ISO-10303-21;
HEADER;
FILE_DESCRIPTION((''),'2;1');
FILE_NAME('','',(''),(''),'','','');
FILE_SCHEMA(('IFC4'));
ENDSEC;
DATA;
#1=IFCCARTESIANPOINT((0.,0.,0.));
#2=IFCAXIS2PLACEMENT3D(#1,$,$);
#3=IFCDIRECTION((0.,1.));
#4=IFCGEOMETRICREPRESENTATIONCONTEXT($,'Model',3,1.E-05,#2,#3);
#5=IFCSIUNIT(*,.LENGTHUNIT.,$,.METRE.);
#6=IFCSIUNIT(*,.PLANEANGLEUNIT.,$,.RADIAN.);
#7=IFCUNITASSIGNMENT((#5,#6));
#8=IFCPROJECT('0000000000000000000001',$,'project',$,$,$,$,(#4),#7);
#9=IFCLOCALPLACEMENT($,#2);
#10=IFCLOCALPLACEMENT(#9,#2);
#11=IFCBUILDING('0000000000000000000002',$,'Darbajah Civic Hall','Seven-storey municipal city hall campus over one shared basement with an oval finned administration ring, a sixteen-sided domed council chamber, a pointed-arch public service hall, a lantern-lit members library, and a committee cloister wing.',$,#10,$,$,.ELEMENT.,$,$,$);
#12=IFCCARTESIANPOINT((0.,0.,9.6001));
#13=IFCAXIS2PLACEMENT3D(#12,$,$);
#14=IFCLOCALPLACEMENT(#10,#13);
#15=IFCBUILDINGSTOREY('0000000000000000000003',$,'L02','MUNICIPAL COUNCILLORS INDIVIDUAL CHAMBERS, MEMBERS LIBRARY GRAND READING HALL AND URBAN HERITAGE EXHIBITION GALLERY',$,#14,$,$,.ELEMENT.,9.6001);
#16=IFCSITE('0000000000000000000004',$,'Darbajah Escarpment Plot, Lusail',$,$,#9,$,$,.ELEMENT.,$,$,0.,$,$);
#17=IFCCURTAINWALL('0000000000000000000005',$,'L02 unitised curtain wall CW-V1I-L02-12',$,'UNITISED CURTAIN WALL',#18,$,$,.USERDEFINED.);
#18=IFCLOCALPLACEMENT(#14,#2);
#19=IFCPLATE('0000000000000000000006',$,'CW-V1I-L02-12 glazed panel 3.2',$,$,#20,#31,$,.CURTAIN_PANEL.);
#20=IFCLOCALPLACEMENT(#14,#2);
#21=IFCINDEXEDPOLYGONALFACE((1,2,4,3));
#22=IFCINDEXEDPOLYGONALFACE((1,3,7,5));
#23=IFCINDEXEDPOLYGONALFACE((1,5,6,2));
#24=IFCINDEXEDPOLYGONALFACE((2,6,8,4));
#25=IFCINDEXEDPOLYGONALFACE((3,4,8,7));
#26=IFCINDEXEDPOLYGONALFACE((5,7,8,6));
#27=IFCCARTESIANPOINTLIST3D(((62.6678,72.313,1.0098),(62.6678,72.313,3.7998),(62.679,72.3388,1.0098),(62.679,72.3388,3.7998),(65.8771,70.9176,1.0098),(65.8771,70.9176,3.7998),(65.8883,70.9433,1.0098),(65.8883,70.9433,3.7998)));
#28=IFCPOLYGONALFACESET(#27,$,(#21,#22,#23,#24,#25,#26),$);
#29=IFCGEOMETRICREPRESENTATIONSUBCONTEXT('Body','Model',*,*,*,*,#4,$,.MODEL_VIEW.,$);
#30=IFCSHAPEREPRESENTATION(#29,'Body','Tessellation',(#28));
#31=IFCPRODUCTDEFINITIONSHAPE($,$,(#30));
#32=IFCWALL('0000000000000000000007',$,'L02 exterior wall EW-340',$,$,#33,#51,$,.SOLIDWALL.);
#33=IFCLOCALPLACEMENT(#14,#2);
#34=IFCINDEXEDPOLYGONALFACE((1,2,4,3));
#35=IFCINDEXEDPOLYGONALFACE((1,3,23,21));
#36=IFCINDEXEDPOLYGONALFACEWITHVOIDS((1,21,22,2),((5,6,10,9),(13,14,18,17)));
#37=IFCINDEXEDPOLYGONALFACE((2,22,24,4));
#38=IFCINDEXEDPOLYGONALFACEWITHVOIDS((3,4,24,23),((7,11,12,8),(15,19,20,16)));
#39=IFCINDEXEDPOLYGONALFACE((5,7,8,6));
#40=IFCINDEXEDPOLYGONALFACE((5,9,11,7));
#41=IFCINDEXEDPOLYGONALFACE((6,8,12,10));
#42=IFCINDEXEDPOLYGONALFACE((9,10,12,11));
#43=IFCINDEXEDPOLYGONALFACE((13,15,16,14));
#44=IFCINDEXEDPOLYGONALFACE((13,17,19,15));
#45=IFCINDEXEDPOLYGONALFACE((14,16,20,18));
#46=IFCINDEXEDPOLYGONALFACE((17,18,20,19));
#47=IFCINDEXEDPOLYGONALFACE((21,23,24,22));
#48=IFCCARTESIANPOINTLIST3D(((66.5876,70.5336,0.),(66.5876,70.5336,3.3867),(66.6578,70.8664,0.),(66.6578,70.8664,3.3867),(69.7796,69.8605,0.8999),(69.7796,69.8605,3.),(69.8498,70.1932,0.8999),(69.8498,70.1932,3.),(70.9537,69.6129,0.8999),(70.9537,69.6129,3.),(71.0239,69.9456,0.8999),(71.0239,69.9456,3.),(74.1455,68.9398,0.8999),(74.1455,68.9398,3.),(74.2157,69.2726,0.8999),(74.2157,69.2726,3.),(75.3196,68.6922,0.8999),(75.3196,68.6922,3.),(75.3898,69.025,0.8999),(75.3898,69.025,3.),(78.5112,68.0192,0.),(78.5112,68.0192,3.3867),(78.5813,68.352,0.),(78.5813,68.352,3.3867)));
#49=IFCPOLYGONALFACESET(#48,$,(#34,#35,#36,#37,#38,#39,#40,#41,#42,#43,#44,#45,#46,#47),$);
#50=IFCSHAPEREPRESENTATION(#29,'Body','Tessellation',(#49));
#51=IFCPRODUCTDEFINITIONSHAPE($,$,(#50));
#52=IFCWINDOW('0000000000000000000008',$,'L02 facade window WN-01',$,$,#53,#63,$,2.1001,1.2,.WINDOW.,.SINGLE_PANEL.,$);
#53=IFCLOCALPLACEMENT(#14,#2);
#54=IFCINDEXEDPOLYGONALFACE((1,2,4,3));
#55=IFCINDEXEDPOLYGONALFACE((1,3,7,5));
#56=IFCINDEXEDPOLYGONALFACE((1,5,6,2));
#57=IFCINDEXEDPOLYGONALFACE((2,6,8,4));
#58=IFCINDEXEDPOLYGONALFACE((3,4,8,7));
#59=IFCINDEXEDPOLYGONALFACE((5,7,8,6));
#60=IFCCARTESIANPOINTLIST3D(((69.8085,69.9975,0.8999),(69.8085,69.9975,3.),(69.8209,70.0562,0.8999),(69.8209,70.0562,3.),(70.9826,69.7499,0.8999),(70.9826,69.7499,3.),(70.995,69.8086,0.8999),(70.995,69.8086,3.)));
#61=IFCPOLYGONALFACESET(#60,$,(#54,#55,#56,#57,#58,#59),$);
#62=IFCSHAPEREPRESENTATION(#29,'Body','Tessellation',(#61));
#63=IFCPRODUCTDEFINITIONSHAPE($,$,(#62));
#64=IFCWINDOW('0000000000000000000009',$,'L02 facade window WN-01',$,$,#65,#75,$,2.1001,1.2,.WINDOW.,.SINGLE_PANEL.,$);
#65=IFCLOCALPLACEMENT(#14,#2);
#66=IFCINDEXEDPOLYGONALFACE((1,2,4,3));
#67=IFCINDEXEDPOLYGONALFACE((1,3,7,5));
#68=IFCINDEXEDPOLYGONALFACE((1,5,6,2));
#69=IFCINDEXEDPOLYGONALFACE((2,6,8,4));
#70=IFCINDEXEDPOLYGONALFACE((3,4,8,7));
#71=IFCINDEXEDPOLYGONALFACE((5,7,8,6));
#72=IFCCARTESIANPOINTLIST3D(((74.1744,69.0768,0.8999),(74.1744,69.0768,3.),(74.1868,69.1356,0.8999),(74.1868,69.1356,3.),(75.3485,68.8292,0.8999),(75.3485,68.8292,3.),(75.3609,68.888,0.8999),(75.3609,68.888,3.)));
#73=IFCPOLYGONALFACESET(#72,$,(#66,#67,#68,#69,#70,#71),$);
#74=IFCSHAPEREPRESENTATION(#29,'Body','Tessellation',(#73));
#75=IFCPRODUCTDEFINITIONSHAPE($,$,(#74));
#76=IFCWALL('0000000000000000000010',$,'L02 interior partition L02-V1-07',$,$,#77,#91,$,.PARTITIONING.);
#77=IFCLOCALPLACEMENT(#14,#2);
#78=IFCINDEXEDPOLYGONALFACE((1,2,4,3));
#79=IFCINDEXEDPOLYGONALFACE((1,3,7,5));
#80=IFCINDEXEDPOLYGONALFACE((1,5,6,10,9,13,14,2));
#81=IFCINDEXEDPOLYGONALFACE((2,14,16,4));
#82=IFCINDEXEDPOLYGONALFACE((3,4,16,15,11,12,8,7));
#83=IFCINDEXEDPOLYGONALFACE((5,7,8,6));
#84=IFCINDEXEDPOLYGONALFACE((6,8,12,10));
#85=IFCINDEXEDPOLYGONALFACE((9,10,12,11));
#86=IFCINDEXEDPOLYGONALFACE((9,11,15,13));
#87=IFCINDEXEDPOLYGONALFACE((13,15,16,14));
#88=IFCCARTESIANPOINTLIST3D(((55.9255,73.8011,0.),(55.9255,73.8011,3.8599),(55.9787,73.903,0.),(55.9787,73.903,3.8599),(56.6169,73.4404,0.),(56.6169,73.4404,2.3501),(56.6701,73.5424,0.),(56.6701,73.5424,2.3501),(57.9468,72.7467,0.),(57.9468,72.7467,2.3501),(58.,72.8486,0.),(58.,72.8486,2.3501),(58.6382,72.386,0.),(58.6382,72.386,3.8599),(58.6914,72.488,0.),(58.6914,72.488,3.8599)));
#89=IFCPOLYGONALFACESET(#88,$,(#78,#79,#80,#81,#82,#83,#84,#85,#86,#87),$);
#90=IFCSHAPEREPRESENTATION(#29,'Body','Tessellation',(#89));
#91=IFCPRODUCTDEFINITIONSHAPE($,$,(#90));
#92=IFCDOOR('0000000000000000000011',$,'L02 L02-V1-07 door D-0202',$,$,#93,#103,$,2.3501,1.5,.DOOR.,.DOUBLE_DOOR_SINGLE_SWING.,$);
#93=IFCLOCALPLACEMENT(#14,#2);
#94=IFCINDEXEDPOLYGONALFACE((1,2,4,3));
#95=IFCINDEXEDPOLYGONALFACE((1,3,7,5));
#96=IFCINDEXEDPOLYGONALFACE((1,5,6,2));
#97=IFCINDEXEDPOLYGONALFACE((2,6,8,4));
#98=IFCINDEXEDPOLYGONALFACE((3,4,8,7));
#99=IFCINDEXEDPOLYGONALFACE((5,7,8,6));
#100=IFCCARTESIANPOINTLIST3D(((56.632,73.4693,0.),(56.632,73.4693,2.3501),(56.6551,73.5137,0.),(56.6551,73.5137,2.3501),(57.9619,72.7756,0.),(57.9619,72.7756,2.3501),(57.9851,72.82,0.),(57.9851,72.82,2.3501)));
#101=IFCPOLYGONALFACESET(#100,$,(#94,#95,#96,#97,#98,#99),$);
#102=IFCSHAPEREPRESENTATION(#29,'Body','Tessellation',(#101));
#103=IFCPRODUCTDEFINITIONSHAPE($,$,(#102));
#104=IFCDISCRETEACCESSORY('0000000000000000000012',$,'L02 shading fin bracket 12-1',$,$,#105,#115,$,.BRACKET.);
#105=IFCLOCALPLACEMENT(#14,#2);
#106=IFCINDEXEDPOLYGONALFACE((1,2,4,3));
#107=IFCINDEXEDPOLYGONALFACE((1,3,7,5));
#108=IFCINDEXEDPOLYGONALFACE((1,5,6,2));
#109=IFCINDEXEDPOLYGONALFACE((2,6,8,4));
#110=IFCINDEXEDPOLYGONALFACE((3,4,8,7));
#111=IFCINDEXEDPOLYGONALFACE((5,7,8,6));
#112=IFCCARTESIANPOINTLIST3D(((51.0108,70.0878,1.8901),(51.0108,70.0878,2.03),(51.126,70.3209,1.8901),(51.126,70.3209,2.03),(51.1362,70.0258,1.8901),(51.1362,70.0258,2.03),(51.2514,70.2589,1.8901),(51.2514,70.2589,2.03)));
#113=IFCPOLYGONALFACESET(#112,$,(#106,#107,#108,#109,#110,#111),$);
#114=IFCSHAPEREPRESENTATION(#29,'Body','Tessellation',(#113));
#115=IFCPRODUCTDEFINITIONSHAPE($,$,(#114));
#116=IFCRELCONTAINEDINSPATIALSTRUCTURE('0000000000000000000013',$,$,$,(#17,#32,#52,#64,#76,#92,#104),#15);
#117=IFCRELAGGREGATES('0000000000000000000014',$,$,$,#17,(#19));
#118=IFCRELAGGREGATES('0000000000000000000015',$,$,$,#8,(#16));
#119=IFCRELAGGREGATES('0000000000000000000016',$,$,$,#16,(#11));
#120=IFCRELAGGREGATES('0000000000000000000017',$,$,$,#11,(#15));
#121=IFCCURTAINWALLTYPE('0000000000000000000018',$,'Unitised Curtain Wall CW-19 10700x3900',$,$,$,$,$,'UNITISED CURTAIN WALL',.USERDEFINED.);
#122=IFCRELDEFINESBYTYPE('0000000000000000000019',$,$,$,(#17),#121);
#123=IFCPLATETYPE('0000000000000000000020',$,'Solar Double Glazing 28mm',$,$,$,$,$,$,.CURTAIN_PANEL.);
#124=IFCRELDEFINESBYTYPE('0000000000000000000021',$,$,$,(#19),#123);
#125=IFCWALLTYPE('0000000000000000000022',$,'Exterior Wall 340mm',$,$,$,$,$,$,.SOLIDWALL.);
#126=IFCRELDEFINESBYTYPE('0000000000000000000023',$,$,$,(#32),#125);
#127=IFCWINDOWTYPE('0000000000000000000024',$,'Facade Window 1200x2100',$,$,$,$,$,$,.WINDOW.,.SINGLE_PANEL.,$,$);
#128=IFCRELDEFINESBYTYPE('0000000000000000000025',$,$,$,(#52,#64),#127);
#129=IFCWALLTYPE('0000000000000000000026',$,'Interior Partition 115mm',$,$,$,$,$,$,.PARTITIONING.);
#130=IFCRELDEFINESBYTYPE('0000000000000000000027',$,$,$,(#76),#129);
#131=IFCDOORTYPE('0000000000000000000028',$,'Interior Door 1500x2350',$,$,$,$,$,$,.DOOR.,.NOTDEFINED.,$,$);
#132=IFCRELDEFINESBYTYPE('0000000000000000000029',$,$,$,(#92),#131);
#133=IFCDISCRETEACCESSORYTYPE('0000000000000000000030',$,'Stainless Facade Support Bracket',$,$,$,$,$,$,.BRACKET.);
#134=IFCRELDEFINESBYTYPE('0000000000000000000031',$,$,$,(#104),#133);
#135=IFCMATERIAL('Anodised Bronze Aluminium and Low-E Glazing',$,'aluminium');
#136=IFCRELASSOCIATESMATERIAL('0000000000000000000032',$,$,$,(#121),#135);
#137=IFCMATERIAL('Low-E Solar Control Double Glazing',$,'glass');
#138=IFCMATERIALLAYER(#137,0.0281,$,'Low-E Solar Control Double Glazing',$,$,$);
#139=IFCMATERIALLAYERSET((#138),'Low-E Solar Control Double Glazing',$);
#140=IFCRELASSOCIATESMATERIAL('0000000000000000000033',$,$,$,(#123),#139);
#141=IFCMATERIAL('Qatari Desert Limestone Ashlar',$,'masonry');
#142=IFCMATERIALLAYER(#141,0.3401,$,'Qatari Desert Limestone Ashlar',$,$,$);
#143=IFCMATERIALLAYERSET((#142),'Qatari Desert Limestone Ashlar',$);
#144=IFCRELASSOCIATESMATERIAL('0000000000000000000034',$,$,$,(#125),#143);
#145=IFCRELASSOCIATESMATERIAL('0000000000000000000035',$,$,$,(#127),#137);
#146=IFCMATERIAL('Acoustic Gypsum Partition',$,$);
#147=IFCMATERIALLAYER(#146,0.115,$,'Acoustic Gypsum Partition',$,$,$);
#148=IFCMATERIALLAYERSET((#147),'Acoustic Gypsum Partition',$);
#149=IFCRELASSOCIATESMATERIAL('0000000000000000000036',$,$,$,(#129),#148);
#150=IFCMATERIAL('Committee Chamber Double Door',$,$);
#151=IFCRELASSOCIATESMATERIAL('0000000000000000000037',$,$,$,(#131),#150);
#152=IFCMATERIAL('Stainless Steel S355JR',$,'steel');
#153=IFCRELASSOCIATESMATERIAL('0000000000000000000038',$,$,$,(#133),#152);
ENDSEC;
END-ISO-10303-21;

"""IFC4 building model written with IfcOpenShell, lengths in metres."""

from ifc_helpers import new_model, si_unit, direction, frame, frame_2d, origin, origin_2d, place, context, subcontext, project, spatial, rectangle, extrude, material, layer, layer_set, type_object, element, fill, aggregate, save


model = new_model("IFC4")

# Units and contexts
model_context = context("Model", 3, precision=1e-05, world=origin(), true_north=direction((0.0, 1.0)))
body_context = subcontext(model_context, "Body", "Model", "MODEL_VIEW")
ifc_project = project(units=[si_unit("LENGTHUNIT", "METRE"), si_unit("PLANEANGLEUNIT", "RADIAN")], contexts=[model_context])

# Site, building, storey
site_placement = place(None, origin())
site = spatial("IfcSite", under=ifc_project, at=site_placement, Name="Darbajah Escarpment Plot, Lusail", CompositionType="ELEMENT", RefElevation=0.0)
building_placement = place(site_placement, origin())
building = spatial("IfcBuilding", under=site, at=building_placement, Name="Darbajah Civic Hall", Description="Seven-storey municipal city hall campus over one shared basement with an oval finned administration ring, a sixteen-sided domed council chamber, a pointed-arch public service hall, a lantern-lit members library, and a committee cloister wing.", CompositionType="ELEMENT")
storey_placement = place(building_placement, frame((0.0, 0.0, 9.6001)))
storey = spatial("IfcBuildingStorey", under=building, at=storey_placement, Name="L02", Description="MUNICIPAL COUNCILLORS INDIVIDUAL CHAMBERS, MEMBERS LIBRARY GRAND READING HALL AND URBAN HERITAGE EXHIBITION GALLERY", CompositionType="ELEMENT", Elevation=9.6001)

# Curtain wall
ifc_material_1 = material(Name="Anodised Bronze Aluminium and Low-E Glazing", Category="aluminium")
curtain_wall_type = type_object("IfcCurtainWallType", Name="Unitised Curtain Wall CW-19 10700x3900", ElementType="UNITISED CURTAIN WALL", PredefinedType="USERDEFINED", material=ifc_material_1)
curtain_wall_placement = place(storey_placement, origin())
curtain_wall = element("IfcCurtainWall", 1, at=curtain_wall_placement, inside=storey, type_object=curtain_wall_type, Name="L02 unitised curtain wall CW-V1I-L02-12", ObjectType="UNITISED CURTAIN WALL", PredefinedType="USERDEFINED")

# Plate
ifc_material_2 = material(Name="Low-E Solar Control Double Glazing", Category="glass")
ifc_layer_1 = layer(ifc_material_2, 0.0281, Name="Low-E Solar Control Double Glazing")
ifc_layer_set_1 = layer_set([ifc_layer_1], Name="Low-E Solar Control Double Glazing")
plate_type = type_object("IfcPlateType", Name="Solar Double Glazing 28mm", PredefinedType="CURTAIN_PANEL", material=ifc_layer_set_1)
plate_1_placement = place(storey_placement, frame((64.2781, 71.6282, 1.0098), z_axis=(0.0, 0.0, 1.0), x_axis=(0.91706, -0.398749, 0.0)))
plate_1 = element("IfcPlate", 2, at=plate_1_placement, type_object=plate_type, Name="CW-V1I-L02-12 glazed panel 3.2", PredefinedType="CURTAIN_PANEL", context=body_context, shape_type="SweptSolid", body=[
    extrude(rectangle(XDim=3.4995, YDim=0.0281, at=origin_2d()), origin(), (0.0, 0.0, 1.0), 2.79),
])
aggregate(curtain_wall, [plate_1])

# Wall, openings, windows
ifc_material_3 = material(Name="Qatari Desert Limestone Ashlar", Category="masonry")
ifc_layer_2 = layer(ifc_material_3, 0.3401, Name="Qatari Desert Limestone Ashlar")
ifc_layer_set_2 = layer_set([ifc_layer_2], Name="Qatari Desert Limestone Ashlar")
wall_type_1 = type_object("IfcWallType", Name="Exterior Wall 340mm", PredefinedType="SOLIDWALL", material=ifc_layer_set_2)
wall_1_placement = place(storey_placement, frame((66.6228, 70.7, 0.0), z_axis=(0.0, 0.0, 1.0), x_axis=(0.978481, -0.206339, 0.0)))
wall_1 = element("IfcWall", 3, at=wall_1_placement, inside=storey, type_object=wall_type_1, Name="L02 exterior wall EW-340", PredefinedType="SOLIDWALL", context=body_context, shape_type="SweptSolid", body=[
    extrude(rectangle(XDim=12.1858, YDim=0.3401, at=frame_2d((6.0928, 0.0))), origin(), (0.0, 0.0, 1.0), 3.3867),
])
opening_1_placement = place(wall_1_placement, frame((3.262, 0.0, 0.8999)))
opening_1 = element("IfcOpeningElement", 4, at=opening_1_placement, cuts=wall_1, PredefinedType="OPENING", context=body_context, shape_type="SweptSolid", body=[
    extrude(rectangle(XDim=1.2, YDim=2.1001, at=frame_2d((0.6001, 1.05))), frame((0.0, 0.1799, 0.0), z_axis=(0.0, -1.0, 0.0), x_axis=(1.0, 0.0, 0.0)), (0.0, 0.0, 1.0), 0.3601),
])
opening_2_placement = place(wall_1_placement, frame((7.7239, 0.0, 0.8999)))
opening_2 = element("IfcOpeningElement", 5, at=opening_2_placement, cuts=wall_1, PredefinedType="OPENING", context=body_context, shape_type="SweptSolid", body=[
    extrude(rectangle(XDim=1.2, YDim=2.1001, at=frame_2d((0.6001, 1.05))), frame((0.0, 0.1799, 0.0), z_axis=(0.0, -1.0, 0.0), x_axis=(1.0, 0.0, 0.0)), (0.0, 0.0, 1.0), 0.3601),
])
window_type = type_object("IfcWindowType", Name="Facade Window 1200x2100", PartitioningType="SINGLE_PANEL", PredefinedType="WINDOW", material=ifc_material_2)
window_1_placement = place(opening_1_placement, origin())
window_1 = element("IfcWindow", 6, at=window_1_placement, inside=storey, type_object=window_type, Name="L02 facade window WN-01", OverallHeight=2.1001, OverallWidth=1.2, PartitioningType="SINGLE_PANEL", PredefinedType="WINDOW", context=body_context, shape_type="SweptSolid", body=[
    extrude(rectangle(XDim=1.2, YDim=2.1001, at=frame_2d((0.6001, 1.05))), frame((0.0, 0.03, 0.0), z_axis=(0.0, -1.0, 0.0), x_axis=(1.0, 0.0, 0.0)), (0.0, 0.0, 1.0), 0.0601),
])
fill(opening_1, window_1)
window_2_placement = place(opening_2_placement, origin())
window_2 = element("IfcWindow", 7, at=window_2_placement, inside=storey, type_object=window_type, Name="L02 facade window WN-01", OverallHeight=2.1001, OverallWidth=1.2, PartitioningType="SINGLE_PANEL", PredefinedType="WINDOW", context=body_context, shape_type="SweptSolid", body=[
    extrude(rectangle(XDim=1.2, YDim=2.1001, at=frame_2d((0.6001, 1.05))), frame((0.0, 0.03, 0.0), z_axis=(0.0, -1.0, 0.0), x_axis=(1.0, 0.0, 0.0)), (0.0, 0.0, 1.0), 0.0601),
])
fill(opening_2, window_2)

# Wall, opening, door
ifc_material_4 = material(Name="Acoustic Gypsum Partition")
ifc_layer_3 = layer(ifc_material_4, 0.115, Name="Acoustic Gypsum Partition")
ifc_layer_set_3 = layer_set([ifc_layer_3], Name="Acoustic Gypsum Partition")
wall_type_2 = type_object("IfcWallType", Name="Interior Partition 115mm", PredefinedType="PARTITIONING", material=ifc_layer_set_3)
wall_2_placement = place(storey_placement, frame((58.6648, 72.437, 0.0), z_axis=(0.0, 0.0, 1.0), x_axis=(-0.886619, 0.462501, 0.0)))
wall_2 = element("IfcWall", 8, at=wall_2_placement, inside=storey, type_object=wall_type_2, Name="L02 interior partition L02-V1-07", PredefinedType="PARTITIONING", context=body_context, shape_type="SweptSolid", body=[
    extrude(rectangle(XDim=3.0596, YDim=0.115, at=frame_2d((1.5298, 0.0))), origin(), (0.0, 0.0, 1.0), 3.8599),
])
opening_3_placement = place(wall_2_placement, frame((0.7798, 0.0, 0.0)))
opening_3 = element("IfcOpeningElement", 9, at=opening_3_placement, cuts=wall_2, PredefinedType="OPENING", context=body_context, shape_type="SweptSolid", body=[
    extrude(rectangle(XDim=1.5, YDim=2.3501, at=frame_2d((0.75, 1.175))), frame((0.0, 0.0674, 0.0), z_axis=(0.0, -1.0, 0.0), x_axis=(1.0, 0.0, 0.0)), (0.0, 0.0, 1.0), 0.135),
])
ifc_material_5 = material(Name="Committee Chamber Double Door")
door_type = type_object("IfcDoorType", Name="Interior Door 1500x2350", OperationType="NOTDEFINED", PredefinedType="DOOR", material=ifc_material_5)
door_placement = place(opening_3_placement, origin())
door = element("IfcDoor", 10, at=door_placement, inside=storey, type_object=door_type, Name="L02 L02-V1-07 door D-0202", OperationType="DOUBLE_DOOR_SINGLE_SWING", OverallHeight=2.3501, OverallWidth=1.5, PredefinedType="DOOR", context=body_context, shape_type="SweptSolid", body=[
    extrude(rectangle(XDim=1.5, YDim=2.3501, at=frame_2d((0.75, 1.175))), frame((0.0, 0.0249, 0.0), z_axis=(0.0, -1.0, 0.0), x_axis=(1.0, 0.0, 0.0)), (0.0, 0.0, 1.0), 0.05),
])
fill(opening_3, door)

# Discrete accessory
ifc_material_6 = material(Name="Stainless Steel S355JR", Category="steel")
discrete_accessory_type = type_object("IfcDiscreteAccessoryType", Name="Stainless Facade Support Bracket", PredefinedType="BRACKET", material=ifc_material_6)
discrete_accessory_placement = place(storey_placement, frame((51.1311, 70.1733, 1.8901), z_axis=(0.0, 0.0, 1.0), x_axis=(-0.442915, -0.896564, 0.0)))
element("IfcDiscreteAccessory", 11, at=discrete_accessory_placement, inside=storey, type_object=discrete_accessory_type, Name="L02 shading fin bracket 12-1", PredefinedType="BRACKET", context=body_context, shape_type="SweptSolid", body=[
    extrude(rectangle(XDim=0.26, YDim=0.1399, at=origin_2d()), origin(), (0.0, 0.0, 1.0), 0.1399),
])

save(model, "model.ifc")
